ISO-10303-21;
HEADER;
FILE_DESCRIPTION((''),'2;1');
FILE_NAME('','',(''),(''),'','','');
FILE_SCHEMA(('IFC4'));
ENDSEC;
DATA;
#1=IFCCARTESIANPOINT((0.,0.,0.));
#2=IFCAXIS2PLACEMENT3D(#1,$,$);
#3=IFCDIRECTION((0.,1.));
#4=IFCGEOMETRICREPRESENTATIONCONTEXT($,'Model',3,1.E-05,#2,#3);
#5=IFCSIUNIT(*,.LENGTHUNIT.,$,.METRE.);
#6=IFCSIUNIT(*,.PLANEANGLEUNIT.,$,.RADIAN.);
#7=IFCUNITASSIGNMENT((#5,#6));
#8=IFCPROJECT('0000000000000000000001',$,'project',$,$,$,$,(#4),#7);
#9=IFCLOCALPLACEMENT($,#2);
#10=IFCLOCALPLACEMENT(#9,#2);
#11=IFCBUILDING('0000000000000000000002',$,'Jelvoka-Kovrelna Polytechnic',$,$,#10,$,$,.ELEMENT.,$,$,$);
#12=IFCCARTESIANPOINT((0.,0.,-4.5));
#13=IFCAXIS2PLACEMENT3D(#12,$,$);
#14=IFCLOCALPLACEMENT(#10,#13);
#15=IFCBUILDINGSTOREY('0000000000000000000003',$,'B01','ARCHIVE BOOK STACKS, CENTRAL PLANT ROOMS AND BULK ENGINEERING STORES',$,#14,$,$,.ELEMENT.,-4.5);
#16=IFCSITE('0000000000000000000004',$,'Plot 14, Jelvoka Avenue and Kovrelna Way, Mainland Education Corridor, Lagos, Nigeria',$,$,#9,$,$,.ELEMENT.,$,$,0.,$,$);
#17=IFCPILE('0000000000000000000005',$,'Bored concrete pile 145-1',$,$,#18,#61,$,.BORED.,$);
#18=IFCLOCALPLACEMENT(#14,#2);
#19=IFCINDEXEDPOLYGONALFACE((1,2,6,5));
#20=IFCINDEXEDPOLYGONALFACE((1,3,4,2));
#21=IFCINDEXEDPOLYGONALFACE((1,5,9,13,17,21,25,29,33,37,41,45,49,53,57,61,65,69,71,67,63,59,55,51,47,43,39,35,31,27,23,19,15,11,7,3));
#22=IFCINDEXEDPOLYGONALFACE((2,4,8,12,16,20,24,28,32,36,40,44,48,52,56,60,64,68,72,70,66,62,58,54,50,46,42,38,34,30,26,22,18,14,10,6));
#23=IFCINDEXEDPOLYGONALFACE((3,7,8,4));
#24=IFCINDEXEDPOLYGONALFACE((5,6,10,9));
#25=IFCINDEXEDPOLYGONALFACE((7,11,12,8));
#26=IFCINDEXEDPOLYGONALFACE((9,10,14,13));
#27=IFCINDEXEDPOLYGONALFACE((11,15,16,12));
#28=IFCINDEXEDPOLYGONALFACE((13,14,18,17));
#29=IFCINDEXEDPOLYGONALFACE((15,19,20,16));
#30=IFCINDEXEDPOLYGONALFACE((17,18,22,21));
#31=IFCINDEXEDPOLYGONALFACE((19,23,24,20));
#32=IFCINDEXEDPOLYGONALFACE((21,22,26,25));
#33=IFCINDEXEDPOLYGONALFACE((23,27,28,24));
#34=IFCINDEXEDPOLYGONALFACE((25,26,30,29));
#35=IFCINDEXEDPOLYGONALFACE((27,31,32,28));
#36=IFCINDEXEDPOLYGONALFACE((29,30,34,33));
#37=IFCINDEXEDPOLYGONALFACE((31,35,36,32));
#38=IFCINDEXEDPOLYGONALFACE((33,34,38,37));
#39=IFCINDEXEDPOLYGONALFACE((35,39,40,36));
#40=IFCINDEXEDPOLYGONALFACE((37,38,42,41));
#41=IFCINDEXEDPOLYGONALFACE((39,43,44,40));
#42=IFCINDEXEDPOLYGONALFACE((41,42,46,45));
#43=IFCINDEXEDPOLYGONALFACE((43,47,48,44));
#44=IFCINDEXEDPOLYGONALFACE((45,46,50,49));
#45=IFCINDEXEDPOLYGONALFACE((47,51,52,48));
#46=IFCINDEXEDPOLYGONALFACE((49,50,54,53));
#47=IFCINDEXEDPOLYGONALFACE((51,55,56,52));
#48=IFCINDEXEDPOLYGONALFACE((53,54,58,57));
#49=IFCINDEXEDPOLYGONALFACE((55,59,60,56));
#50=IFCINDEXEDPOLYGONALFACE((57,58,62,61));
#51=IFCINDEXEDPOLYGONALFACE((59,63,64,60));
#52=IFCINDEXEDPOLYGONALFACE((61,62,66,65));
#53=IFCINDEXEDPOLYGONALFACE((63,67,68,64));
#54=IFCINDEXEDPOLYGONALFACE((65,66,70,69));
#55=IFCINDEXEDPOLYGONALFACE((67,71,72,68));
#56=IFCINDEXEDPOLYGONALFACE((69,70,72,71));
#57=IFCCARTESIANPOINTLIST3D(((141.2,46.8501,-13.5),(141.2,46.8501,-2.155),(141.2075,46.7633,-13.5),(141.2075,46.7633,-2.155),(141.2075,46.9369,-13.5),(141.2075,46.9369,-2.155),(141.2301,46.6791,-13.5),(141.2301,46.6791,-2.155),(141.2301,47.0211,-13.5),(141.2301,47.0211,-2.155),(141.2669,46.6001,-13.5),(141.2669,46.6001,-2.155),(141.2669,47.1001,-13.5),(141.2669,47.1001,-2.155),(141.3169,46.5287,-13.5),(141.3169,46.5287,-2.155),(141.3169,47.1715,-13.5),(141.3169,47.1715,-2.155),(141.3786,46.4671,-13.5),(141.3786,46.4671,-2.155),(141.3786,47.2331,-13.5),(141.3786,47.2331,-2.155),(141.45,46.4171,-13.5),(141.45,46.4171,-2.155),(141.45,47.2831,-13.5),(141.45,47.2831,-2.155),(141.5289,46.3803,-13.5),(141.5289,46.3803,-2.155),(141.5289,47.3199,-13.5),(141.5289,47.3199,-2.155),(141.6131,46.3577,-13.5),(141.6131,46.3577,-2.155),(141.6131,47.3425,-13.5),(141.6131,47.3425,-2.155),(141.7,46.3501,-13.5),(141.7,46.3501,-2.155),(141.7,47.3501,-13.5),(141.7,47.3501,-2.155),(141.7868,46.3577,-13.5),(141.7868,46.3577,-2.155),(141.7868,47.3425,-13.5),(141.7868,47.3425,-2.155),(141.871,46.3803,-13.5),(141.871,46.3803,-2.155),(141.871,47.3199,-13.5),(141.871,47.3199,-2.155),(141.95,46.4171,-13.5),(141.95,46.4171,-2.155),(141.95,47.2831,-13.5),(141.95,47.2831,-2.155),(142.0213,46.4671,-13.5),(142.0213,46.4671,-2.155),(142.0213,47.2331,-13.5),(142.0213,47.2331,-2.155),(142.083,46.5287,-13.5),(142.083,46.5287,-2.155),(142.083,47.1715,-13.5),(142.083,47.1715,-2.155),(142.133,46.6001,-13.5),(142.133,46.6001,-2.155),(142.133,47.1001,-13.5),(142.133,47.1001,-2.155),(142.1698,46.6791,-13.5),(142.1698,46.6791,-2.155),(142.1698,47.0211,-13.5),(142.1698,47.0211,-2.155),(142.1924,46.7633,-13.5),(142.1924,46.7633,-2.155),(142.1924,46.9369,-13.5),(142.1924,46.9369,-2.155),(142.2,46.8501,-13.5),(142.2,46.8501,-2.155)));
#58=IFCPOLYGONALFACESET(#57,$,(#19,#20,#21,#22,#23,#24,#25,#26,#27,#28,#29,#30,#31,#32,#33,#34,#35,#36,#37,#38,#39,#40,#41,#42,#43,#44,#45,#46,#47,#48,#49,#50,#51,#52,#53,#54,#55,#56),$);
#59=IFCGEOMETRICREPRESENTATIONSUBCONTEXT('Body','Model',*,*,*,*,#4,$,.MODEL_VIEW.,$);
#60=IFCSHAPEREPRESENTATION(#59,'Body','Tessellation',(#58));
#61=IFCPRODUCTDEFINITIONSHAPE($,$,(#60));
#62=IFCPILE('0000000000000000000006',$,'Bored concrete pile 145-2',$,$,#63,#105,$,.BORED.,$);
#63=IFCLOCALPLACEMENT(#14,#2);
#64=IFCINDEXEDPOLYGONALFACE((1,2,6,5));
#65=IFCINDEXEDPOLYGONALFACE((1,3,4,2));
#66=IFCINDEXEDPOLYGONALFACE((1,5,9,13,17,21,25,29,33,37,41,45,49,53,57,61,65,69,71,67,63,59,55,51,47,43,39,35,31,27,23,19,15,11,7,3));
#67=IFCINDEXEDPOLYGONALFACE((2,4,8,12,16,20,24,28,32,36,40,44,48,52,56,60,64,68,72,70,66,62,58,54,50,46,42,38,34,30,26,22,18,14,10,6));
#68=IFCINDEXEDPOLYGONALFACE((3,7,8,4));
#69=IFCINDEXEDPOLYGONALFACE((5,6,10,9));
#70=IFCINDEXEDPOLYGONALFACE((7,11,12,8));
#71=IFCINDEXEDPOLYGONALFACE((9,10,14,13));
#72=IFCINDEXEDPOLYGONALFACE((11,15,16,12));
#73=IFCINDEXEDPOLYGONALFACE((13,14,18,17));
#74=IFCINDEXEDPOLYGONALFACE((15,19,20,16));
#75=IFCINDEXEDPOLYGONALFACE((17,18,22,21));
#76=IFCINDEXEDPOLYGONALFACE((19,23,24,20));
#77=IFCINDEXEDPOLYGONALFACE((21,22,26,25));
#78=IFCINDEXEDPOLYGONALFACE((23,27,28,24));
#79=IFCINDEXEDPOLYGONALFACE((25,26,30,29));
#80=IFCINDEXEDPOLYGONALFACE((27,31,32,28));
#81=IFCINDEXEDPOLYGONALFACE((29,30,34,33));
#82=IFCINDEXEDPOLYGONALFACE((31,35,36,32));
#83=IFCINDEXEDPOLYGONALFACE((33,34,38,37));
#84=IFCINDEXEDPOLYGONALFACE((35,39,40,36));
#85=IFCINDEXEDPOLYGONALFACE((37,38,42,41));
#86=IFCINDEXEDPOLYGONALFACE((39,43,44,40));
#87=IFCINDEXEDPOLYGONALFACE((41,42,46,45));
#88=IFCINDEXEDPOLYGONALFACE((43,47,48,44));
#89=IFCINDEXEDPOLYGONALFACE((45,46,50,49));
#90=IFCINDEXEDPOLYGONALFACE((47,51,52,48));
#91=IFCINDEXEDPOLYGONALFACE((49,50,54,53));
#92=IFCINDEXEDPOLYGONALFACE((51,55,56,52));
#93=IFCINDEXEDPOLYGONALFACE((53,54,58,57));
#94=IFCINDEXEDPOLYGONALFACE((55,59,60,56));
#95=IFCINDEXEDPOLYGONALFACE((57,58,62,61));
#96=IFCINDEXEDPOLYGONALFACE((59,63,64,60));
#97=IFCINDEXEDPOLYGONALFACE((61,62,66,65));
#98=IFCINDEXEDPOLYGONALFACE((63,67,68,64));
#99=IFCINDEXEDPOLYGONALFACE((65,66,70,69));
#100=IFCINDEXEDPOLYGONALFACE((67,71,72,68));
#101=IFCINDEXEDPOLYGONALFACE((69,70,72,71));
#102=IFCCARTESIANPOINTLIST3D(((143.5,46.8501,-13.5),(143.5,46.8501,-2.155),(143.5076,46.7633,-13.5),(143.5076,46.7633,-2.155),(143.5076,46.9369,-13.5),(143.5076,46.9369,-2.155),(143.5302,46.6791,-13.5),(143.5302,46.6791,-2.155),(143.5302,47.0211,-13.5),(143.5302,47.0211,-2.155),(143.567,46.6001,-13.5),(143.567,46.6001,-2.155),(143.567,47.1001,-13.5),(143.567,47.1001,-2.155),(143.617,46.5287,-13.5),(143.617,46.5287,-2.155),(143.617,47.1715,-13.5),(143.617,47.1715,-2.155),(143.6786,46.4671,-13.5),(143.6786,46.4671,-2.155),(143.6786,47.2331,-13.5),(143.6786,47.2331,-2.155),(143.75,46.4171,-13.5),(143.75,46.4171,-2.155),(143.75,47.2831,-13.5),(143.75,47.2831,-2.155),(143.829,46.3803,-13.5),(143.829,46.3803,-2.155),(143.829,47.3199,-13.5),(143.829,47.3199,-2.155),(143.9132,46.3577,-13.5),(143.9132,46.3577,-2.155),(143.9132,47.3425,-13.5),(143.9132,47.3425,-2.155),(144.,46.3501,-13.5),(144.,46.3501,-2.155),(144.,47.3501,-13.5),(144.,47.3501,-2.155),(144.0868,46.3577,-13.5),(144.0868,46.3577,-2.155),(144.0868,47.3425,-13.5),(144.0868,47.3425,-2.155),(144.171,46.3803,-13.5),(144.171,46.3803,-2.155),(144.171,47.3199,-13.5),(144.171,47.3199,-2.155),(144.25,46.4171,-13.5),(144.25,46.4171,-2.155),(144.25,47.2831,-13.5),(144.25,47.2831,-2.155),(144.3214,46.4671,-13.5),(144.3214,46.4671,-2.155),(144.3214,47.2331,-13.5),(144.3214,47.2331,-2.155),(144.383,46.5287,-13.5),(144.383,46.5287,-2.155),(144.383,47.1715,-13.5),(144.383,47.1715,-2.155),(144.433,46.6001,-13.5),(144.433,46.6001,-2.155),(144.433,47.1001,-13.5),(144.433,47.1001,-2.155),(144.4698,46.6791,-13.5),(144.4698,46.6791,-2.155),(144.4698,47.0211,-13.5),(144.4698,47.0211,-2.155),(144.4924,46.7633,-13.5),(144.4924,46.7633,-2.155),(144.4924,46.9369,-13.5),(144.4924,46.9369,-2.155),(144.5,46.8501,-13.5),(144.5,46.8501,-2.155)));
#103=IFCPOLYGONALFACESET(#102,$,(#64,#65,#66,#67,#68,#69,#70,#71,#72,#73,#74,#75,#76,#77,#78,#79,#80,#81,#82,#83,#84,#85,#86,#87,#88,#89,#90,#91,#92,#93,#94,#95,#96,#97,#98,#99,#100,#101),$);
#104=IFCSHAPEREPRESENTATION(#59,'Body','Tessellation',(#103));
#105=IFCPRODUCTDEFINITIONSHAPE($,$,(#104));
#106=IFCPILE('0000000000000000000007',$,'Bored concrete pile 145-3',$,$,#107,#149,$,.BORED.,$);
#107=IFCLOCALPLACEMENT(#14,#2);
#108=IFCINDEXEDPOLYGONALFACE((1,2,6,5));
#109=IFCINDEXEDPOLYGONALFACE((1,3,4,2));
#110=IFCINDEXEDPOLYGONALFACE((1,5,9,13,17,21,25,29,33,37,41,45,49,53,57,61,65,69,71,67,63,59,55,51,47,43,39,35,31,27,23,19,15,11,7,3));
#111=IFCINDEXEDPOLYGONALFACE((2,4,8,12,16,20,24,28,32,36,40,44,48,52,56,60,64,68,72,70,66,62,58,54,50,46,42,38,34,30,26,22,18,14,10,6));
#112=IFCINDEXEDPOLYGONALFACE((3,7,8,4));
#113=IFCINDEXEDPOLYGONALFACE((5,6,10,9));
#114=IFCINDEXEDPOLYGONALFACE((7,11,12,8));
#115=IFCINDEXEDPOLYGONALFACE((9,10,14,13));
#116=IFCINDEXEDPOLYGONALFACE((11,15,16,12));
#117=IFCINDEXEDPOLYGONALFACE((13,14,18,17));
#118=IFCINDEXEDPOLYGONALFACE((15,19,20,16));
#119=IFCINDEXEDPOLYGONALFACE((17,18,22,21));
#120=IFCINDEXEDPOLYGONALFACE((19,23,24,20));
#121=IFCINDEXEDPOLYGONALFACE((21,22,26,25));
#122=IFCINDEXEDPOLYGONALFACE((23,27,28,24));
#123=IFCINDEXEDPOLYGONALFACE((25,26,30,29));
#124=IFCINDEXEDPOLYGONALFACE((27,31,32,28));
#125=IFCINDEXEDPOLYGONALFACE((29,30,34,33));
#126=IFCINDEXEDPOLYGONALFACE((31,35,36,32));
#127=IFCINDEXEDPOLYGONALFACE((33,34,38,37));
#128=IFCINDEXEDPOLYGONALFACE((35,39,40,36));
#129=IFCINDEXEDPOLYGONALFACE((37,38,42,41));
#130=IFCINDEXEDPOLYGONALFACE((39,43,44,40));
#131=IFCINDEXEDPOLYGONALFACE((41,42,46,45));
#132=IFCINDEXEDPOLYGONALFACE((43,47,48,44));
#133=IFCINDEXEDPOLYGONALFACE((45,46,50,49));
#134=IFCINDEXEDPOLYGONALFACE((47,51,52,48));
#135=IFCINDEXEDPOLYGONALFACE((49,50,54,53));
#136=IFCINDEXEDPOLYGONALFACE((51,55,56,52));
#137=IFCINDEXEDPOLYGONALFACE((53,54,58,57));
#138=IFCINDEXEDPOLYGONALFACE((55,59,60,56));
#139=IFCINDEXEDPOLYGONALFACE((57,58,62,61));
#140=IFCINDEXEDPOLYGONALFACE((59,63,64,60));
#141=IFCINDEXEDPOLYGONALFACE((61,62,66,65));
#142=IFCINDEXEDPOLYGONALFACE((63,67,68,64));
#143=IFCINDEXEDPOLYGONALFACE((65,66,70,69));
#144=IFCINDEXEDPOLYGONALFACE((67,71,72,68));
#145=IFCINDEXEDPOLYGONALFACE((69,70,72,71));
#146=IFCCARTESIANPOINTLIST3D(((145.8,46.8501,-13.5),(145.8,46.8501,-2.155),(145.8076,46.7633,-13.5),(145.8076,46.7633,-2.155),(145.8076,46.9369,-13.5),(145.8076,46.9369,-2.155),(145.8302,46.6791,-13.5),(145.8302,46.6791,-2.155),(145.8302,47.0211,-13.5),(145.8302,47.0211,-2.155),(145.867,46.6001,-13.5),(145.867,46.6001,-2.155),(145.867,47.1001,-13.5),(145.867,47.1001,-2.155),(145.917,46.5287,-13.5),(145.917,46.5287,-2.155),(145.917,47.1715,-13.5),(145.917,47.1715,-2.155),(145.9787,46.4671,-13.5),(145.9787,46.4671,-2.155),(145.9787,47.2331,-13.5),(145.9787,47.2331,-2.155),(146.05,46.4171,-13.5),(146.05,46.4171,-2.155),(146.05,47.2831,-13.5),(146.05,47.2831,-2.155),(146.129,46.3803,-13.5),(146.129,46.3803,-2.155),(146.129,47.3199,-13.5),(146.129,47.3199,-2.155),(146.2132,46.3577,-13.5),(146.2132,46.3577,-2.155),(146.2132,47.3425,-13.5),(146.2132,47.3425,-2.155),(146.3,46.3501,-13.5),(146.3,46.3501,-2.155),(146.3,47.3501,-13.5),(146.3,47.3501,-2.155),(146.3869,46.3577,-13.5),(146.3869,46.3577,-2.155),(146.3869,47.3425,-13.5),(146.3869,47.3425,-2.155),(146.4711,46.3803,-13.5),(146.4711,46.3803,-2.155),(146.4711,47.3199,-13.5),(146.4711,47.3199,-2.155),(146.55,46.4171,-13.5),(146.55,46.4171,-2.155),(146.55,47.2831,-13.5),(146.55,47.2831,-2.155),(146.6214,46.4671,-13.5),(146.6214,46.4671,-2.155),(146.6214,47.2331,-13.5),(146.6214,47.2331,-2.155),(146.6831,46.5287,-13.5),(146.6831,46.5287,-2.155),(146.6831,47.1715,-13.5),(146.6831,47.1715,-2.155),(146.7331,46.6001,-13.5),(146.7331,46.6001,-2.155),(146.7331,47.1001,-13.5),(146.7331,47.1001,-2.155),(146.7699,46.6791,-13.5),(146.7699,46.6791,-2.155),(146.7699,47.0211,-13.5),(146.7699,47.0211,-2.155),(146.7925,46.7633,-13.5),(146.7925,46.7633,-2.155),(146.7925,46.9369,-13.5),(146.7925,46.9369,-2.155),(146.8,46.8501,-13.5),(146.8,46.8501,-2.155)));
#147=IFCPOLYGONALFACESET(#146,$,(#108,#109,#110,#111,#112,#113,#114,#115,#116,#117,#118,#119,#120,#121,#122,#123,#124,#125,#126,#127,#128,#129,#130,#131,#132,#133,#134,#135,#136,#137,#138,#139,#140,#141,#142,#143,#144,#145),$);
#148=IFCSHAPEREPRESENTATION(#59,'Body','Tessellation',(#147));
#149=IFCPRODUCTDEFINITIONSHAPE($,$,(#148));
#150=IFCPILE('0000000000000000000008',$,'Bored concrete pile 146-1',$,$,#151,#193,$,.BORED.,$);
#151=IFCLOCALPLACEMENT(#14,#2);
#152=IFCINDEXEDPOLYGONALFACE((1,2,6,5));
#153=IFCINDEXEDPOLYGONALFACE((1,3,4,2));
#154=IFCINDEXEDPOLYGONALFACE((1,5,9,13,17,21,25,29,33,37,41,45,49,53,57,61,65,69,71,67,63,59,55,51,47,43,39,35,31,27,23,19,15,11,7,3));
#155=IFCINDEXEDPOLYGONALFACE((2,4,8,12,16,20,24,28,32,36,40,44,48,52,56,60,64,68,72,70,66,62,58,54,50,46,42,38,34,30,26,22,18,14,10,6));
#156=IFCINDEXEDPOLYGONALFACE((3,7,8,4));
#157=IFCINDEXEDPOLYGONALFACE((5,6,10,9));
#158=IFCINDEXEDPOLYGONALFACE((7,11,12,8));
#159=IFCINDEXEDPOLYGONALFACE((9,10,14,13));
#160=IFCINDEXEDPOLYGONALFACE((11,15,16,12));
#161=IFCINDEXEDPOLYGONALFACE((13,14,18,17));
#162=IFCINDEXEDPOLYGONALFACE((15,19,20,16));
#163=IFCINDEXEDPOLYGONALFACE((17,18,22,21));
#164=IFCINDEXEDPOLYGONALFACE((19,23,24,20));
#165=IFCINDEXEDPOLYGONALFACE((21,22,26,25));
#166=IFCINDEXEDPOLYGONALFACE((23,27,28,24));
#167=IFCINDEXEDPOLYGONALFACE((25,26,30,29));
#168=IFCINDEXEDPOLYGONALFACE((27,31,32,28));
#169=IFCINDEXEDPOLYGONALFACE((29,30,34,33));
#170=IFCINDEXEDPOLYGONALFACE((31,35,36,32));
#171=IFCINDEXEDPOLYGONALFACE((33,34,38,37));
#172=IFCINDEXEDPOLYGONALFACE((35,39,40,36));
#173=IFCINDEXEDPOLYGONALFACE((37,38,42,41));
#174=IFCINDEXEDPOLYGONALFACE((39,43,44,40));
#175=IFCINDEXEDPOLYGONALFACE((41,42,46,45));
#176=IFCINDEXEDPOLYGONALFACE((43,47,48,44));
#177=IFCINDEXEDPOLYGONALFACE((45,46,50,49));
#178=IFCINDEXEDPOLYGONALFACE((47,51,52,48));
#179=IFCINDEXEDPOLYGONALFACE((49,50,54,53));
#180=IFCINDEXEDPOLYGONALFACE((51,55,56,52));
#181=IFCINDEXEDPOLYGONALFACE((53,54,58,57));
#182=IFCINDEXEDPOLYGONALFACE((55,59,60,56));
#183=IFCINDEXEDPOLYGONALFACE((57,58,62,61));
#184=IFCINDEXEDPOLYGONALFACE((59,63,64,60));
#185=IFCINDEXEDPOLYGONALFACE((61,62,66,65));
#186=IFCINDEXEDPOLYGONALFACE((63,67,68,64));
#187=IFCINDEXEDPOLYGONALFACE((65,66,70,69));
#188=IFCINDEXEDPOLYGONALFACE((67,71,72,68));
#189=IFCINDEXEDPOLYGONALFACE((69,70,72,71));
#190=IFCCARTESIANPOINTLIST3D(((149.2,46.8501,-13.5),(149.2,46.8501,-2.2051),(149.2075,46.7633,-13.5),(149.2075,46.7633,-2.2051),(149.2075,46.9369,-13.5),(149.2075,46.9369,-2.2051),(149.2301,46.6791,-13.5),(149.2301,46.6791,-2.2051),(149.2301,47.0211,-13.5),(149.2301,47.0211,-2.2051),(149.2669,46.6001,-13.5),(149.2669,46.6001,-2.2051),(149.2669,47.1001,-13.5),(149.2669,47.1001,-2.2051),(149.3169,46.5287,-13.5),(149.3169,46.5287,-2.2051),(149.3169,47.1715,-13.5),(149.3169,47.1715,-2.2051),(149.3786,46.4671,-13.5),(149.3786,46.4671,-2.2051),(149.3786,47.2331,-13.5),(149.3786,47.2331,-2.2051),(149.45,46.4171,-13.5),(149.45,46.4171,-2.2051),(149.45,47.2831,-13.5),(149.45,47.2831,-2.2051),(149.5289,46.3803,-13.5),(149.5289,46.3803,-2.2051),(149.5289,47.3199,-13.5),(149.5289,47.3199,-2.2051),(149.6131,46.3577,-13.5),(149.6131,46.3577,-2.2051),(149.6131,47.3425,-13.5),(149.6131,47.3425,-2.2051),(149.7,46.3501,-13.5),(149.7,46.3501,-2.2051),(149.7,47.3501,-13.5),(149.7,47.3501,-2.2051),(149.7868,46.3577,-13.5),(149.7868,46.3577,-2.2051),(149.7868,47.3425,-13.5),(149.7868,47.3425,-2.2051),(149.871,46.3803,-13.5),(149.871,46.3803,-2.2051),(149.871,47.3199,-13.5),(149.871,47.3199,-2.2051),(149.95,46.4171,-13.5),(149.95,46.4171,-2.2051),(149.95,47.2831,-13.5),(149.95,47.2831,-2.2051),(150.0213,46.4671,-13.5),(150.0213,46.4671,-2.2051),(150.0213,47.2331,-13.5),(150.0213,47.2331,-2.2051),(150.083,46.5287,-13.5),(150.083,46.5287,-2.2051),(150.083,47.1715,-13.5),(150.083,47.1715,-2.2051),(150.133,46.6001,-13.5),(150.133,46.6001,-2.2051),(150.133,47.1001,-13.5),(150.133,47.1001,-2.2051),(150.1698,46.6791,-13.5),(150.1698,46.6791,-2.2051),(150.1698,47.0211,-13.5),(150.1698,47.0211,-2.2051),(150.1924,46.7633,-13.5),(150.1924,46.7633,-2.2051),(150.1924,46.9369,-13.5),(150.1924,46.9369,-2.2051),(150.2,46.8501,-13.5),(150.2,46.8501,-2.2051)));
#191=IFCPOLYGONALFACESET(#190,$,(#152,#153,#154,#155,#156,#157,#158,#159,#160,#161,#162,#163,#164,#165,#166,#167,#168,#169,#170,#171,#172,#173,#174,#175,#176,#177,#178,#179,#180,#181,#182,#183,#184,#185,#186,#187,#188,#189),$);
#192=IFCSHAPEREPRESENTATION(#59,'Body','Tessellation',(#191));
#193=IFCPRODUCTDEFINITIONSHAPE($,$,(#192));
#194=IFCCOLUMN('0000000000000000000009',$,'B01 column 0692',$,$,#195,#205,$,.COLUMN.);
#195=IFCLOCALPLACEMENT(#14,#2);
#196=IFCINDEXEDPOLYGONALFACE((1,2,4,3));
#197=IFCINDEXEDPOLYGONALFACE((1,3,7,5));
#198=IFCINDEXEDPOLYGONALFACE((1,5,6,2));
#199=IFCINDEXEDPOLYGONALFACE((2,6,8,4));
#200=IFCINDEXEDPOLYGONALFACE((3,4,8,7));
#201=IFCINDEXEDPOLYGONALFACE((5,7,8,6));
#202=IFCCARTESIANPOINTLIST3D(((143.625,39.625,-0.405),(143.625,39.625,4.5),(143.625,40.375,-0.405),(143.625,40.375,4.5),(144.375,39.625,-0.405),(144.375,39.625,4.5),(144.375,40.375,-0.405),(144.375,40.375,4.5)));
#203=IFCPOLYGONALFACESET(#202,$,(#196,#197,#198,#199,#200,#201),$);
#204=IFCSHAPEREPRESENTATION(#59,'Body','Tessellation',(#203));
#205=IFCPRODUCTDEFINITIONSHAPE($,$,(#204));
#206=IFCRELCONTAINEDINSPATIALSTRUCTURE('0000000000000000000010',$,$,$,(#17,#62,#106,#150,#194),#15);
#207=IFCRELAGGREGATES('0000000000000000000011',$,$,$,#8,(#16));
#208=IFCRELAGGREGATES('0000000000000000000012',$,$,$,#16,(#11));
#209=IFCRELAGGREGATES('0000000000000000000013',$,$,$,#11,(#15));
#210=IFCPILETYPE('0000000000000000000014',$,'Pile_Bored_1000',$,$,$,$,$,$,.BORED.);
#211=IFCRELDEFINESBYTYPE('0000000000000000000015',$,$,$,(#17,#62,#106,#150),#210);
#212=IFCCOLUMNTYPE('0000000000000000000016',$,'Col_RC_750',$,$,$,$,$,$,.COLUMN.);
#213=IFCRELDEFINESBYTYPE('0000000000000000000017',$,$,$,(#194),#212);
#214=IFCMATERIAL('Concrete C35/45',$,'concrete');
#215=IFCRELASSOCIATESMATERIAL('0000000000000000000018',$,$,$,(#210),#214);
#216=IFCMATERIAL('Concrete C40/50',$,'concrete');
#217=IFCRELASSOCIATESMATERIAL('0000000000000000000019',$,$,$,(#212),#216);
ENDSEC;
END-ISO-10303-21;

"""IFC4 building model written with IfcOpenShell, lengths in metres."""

from ifc_helpers import new_model, si_unit, direction, frame, origin, origin_2d, place, context, subcontext, project, spatial, rectangle, circle, extrude, material, material_profile, profile_set, type_object, element, save


model = new_model("IFC4")

# Units and contexts
model_context = context("Model", 3, precision=1e-05, world=origin(), true_north=direction((0.0, 1.0)))
body_context = subcontext(model_context, "Body", "Model", "MODEL_VIEW")
ifc_project = project(units=[si_unit("LENGTHUNIT", "METRE"), si_unit("PLANEANGLEUNIT", "RADIAN")], contexts=[model_context])

# Site, building, storey
site_placement = place(None, origin())
site = spatial("IfcSite", under=ifc_project, at=site_placement, Name="Plot 14, Jelvoka Avenue and Kovrelna Way, Mainland Education Corridor, Lagos, Nigeria", CompositionType="ELEMENT", RefElevation=0.0)
building_placement = place(site_placement, origin())
building = spatial("IfcBuilding", under=site, at=building_placement, Name="Jelvoka-Kovrelna Polytechnic", CompositionType="ELEMENT")
storey_placement = place(building_placement, frame((0.0, 0.0, -4.5)))
storey = spatial("IfcBuildingStorey", under=building, at=storey_placement, Name="B01", Description="ARCHIVE BOOK STACKS, CENTRAL PLANT ROOMS AND BULK ENGINEERING STORES", CompositionType="ELEMENT", Elevation=-4.5)

# Piles
ifc_material_1 = material(Name="Concrete C35/45", Category="concrete")
ifc_material_profile_1 = material_profile(ifc_material_1, circle(Radius=0.5, at=origin_2d()), Name="PILE D1000")
ifc_profile_set_1 = profile_set([ifc_material_profile_1], Name="Concrete C35/45")
pile_type = type_object("IfcPileType", Name="Pile_Bored_1000", PredefinedType="BORED", material=ifc_profile_set_1)
for number, where, z_axis, x_axis, name in (
    (1, (141.7, 46.8501, -2.155), (0.0, 0.0, -1.0), (1.0, 0.0, 0.0), "Bored concrete pile 145-1"),
    (2, (144.0, 46.8501, -2.155), (0.0, 0.0, -1.0), (1.0, 0.0, 0.0), "Bored concrete pile 145-2"),
    (3, (146.3, 46.8501, -2.155), (0.0, 0.0, -1.0), (1.0, 0.0, 0.0), "Bored concrete pile 145-3"),
):
    element("IfcPile", number, at=place(storey_placement, frame(where, z_axis=z_axis, x_axis=x_axis)), inside=storey, type_object=pile_type, Name=name, PredefinedType="BORED", context=body_context, shape_type="SweptSolid", body=[
        extrude(circle(Radius=0.5, at=origin_2d()), origin(), (0.0, 0.0, 1.0), 11.345),
    ])
pile_placement = place(storey_placement, frame((149.7, 46.8501, -2.2051), z_axis=(0.0, 0.0, -1.0), x_axis=(1.0, 0.0, 0.0)))
element("IfcPile", 4, at=pile_placement, inside=storey, type_object=pile_type, Name="Bored concrete pile 146-1", PredefinedType="BORED", context=body_context, shape_type="SweptSolid", body=[
    extrude(circle(Radius=0.5, at=origin_2d()), origin(), (0.0, 0.0, 1.0), 11.2949),
])

# Column
ifc_material_2 = material(Name="Concrete C40/50", Category="concrete")
ifc_material_profile_2 = material_profile(ifc_material_2, rectangle(XDim=0.75, YDim=0.75, at=origin_2d()), Name="RC 750x750")
ifc_profile_set_2 = profile_set([ifc_material_profile_2], Name="Concrete C40/50")
column_type = type_object("IfcColumnType", Name="Col_RC_750", PredefinedType="COLUMN", material=ifc_profile_set_2)
for number, where, z_axis, x_axis, name in (
    (5, (144.0, 40.0, -0.405), (0.0, 0.0, 1.0), (1.0, 0.0, 0.0), "B01 column 0692"),
):
    element("IfcColumn", number, at=place(storey_placement, frame(where, z_axis=z_axis, x_axis=x_axis)), inside=storey, type_object=column_type, Name=name, PredefinedType="COLUMN", context=body_context, shape_type="SweptSolid", body=[
        extrude(rectangle(XDim=0.75, YDim=0.75, at=origin_2d()), origin(), (0.0, 0.0, 1.0), 4.905),
    ])

save(model, "model.ifc")
